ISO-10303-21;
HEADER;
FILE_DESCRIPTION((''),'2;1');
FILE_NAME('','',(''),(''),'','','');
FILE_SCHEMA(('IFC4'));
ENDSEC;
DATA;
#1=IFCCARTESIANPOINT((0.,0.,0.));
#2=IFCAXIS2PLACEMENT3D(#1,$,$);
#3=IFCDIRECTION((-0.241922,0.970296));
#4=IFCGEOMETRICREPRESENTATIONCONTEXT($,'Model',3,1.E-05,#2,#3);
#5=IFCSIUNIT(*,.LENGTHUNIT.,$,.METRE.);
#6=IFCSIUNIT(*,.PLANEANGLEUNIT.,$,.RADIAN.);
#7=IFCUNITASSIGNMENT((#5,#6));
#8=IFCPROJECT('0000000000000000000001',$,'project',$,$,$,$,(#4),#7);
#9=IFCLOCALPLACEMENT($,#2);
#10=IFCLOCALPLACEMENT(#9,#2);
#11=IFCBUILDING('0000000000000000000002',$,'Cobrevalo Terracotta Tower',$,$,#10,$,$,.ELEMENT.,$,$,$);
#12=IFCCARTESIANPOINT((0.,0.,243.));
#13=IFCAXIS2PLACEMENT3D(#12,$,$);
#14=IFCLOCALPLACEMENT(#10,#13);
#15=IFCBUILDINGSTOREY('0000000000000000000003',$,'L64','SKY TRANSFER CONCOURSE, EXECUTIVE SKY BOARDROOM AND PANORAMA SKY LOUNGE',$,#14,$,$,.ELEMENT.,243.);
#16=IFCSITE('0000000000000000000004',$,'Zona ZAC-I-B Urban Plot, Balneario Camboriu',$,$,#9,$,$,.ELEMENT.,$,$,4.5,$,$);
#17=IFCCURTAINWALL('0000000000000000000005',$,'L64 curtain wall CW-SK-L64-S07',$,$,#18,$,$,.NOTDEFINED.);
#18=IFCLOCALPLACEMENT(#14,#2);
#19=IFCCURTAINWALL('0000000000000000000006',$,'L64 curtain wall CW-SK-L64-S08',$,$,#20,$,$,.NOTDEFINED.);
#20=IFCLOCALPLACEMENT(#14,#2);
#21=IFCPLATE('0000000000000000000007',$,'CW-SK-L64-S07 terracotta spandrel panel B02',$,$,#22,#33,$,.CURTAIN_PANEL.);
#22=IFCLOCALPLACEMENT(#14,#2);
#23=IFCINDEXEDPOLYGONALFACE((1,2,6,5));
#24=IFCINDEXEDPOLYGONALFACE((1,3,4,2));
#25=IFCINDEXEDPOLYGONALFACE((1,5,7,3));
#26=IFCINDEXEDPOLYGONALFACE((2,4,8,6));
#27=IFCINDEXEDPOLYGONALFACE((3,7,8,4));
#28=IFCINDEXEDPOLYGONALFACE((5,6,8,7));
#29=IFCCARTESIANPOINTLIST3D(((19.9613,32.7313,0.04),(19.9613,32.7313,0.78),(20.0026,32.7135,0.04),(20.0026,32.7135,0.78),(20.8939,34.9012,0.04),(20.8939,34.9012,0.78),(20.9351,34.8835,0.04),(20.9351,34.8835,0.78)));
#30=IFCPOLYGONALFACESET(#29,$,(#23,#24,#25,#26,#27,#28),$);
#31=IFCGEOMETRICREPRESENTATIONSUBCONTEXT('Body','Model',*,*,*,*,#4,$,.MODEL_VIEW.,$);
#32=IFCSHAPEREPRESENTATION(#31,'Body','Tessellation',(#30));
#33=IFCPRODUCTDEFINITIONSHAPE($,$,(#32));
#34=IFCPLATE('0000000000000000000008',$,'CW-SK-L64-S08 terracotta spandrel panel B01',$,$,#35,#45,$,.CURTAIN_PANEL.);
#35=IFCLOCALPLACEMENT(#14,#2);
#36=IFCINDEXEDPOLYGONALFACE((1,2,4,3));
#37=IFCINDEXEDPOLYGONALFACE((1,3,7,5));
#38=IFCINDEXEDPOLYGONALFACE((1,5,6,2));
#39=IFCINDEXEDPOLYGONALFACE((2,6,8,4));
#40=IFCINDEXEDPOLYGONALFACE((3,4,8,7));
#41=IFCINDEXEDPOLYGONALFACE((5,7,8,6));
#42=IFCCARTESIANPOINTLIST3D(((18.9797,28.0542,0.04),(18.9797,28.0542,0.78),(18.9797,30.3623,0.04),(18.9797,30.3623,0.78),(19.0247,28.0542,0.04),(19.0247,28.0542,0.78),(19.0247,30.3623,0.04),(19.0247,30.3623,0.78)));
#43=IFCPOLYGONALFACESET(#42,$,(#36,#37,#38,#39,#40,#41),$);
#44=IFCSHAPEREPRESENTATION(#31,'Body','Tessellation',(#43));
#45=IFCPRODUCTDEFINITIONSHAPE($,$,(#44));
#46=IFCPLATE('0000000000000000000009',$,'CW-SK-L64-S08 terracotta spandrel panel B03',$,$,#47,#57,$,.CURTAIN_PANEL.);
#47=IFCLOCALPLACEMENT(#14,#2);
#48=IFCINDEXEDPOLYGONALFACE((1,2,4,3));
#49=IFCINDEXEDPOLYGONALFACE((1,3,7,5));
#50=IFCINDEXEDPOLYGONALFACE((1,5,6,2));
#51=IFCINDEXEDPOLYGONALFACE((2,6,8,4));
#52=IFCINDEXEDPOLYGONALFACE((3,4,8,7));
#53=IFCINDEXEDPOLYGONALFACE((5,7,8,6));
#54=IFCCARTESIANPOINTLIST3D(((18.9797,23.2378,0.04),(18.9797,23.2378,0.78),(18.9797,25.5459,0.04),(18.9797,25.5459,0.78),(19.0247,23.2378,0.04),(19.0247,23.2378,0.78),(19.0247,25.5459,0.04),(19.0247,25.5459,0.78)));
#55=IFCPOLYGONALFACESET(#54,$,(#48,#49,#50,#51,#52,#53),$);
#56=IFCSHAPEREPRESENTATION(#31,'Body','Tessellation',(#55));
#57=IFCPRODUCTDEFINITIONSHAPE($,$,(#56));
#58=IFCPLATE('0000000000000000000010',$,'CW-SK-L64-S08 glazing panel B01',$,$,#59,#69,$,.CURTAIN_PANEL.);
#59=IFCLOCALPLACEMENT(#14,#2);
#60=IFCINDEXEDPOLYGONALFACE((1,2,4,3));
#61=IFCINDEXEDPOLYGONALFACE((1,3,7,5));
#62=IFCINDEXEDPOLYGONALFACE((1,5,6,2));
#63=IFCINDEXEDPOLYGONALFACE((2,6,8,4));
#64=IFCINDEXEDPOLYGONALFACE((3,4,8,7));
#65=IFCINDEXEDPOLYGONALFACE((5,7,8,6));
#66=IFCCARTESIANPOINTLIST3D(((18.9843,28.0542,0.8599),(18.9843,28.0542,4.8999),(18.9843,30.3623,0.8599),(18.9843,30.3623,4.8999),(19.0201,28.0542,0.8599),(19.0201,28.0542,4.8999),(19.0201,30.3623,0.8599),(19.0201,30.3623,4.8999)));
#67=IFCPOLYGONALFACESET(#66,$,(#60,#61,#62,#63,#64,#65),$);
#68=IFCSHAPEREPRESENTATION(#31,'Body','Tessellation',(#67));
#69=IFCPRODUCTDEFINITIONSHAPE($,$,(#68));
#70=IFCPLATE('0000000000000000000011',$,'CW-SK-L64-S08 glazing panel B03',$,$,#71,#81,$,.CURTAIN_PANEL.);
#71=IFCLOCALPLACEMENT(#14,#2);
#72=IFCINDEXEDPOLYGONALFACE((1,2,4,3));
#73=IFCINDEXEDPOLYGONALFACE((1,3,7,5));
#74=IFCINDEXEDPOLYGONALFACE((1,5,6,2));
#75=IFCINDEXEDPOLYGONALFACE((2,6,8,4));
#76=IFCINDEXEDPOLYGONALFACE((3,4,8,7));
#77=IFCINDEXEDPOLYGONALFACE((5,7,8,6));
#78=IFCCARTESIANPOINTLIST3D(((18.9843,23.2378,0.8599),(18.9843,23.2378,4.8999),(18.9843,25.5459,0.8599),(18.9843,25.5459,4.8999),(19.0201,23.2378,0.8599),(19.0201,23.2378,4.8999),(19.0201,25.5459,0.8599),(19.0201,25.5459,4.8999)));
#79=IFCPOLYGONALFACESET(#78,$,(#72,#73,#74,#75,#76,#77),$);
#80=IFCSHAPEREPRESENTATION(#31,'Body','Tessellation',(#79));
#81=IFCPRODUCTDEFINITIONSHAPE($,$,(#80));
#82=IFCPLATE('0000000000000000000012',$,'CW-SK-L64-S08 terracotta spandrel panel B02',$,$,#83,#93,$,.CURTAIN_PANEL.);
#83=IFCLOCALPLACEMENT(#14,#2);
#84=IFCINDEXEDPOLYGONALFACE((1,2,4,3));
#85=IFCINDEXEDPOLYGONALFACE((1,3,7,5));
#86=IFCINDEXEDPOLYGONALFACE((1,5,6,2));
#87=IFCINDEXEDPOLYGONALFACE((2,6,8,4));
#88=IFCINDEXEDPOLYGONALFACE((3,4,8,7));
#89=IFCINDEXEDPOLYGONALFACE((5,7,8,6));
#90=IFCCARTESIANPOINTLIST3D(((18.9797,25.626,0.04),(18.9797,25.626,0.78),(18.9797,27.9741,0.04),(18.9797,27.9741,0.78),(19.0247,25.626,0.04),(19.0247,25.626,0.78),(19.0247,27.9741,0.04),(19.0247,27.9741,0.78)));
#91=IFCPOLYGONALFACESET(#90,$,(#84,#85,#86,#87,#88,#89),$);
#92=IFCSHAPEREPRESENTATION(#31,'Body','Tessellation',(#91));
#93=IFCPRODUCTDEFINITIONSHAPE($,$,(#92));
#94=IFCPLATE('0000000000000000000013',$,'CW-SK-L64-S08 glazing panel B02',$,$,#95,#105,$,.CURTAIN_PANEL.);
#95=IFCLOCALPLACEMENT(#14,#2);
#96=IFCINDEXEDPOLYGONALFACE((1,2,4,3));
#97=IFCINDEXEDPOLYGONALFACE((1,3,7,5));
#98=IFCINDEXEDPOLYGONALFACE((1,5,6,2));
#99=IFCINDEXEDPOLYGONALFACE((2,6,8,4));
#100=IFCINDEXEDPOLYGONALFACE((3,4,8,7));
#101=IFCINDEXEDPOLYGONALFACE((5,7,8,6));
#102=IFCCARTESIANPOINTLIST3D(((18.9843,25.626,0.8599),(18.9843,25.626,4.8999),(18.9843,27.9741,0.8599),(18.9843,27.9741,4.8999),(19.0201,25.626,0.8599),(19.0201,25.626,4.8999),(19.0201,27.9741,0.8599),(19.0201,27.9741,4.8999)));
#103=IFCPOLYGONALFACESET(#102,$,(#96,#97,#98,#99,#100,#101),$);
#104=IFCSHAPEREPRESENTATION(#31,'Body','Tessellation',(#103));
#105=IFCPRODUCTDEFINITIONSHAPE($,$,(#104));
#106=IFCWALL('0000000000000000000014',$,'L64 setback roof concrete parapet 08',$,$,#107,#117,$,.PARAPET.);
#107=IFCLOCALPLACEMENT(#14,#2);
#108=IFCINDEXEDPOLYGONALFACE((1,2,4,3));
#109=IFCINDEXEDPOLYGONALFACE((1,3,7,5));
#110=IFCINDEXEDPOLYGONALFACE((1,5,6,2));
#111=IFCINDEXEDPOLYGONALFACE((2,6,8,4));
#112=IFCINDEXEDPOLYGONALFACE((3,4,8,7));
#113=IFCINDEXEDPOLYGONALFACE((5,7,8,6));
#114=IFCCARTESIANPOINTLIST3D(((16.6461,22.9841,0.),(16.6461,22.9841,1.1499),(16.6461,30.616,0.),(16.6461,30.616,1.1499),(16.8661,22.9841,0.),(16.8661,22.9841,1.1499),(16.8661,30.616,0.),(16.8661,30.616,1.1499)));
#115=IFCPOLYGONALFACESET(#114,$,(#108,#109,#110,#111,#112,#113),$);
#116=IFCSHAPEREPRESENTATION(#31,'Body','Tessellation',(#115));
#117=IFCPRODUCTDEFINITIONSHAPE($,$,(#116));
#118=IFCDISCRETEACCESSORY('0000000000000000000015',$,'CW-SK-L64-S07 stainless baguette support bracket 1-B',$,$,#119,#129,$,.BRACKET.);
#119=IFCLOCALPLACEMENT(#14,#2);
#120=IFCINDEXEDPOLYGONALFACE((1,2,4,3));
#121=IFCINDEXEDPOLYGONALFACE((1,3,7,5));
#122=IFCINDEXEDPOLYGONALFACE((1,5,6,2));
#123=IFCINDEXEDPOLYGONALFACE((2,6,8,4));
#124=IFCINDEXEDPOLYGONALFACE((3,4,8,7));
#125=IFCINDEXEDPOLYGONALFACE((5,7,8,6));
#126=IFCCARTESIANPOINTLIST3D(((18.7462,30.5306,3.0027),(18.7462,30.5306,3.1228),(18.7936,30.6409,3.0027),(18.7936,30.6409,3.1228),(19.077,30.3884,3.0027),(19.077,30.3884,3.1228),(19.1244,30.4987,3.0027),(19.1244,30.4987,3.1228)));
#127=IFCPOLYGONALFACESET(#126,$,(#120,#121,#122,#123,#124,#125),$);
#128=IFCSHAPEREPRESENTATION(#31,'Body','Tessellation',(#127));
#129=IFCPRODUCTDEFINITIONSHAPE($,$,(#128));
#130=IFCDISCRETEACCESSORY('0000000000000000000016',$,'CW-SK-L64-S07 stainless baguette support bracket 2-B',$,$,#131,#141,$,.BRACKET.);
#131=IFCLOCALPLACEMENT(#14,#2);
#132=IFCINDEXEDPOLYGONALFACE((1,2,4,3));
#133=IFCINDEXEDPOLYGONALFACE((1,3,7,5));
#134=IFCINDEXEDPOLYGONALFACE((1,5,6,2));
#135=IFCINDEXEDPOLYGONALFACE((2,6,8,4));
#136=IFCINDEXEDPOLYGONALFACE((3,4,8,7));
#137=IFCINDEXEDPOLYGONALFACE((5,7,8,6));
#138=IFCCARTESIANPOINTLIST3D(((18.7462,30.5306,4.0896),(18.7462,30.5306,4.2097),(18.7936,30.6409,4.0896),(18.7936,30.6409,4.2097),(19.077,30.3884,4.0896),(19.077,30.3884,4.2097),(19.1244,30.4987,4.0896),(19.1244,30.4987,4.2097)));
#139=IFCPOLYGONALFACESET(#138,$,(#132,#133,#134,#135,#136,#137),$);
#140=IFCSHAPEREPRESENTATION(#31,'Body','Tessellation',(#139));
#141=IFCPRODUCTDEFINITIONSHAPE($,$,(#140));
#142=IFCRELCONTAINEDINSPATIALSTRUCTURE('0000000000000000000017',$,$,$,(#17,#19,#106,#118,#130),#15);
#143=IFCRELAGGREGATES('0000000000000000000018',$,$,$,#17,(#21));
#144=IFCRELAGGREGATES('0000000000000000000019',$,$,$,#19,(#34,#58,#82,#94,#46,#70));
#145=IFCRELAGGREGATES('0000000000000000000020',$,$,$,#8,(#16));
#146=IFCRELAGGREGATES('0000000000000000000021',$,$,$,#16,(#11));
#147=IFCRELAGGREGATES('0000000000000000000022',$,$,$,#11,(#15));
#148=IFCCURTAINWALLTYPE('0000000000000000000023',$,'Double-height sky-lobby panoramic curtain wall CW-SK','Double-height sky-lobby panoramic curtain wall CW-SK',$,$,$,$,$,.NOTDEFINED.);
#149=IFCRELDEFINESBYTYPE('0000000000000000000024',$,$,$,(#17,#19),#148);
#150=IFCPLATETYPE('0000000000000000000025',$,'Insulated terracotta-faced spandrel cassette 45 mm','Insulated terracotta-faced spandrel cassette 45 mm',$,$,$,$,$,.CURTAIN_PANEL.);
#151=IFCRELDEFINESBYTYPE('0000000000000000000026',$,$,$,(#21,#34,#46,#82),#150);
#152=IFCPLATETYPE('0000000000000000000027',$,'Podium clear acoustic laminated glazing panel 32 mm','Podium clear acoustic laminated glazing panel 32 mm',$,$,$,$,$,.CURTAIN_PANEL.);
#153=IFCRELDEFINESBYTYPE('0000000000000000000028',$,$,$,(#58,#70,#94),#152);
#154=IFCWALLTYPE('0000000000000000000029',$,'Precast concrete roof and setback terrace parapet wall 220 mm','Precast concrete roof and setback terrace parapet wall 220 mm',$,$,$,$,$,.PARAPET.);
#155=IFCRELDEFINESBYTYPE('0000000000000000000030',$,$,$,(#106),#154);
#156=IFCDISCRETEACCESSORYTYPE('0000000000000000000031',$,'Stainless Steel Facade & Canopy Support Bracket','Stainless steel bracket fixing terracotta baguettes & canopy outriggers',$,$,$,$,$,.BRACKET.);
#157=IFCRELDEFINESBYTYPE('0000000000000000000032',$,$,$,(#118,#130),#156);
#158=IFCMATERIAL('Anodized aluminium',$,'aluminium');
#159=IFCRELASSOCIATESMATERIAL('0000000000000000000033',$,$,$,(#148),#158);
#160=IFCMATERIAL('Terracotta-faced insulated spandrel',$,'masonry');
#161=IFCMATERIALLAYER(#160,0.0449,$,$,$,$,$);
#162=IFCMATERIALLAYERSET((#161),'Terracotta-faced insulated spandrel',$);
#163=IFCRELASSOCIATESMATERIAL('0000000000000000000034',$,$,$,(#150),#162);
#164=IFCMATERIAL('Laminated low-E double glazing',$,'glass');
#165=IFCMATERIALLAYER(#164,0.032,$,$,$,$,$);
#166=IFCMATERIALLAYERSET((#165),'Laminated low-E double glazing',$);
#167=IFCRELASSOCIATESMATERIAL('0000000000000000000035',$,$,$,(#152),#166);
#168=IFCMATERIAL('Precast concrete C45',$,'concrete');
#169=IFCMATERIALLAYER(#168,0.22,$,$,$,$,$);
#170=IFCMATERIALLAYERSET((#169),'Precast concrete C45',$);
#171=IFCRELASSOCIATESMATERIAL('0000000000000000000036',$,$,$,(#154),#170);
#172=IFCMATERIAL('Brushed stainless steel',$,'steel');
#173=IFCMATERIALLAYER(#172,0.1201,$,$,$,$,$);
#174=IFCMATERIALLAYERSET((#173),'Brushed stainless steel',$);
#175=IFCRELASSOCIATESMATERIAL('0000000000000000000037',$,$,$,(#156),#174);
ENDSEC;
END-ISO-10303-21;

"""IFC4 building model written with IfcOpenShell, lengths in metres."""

from ifc_helpers import new_model, si_unit, direction, frame, frame_2d, origin, origin_2d, place, context, subcontext, project, spatial, rectangle, extrude, source, transform, mapped, material, layer, layer_set, type_object, element, aggregate, save


model = new_model("IFC4")

# Units and contexts
model_context = context("Model", 3, precision=1e-05, world=origin(), true_north=direction((-0.241922, 0.970296)))
body_context = subcontext(model_context, "Body", "Model", "MODEL_VIEW")
ifc_project = project(units=[si_unit("LENGTHUNIT", "METRE"), si_unit("PLANEANGLEUNIT", "RADIAN")], contexts=[model_context])

# Site, building, storey
site_placement = place(None, origin())
site = spatial("IfcSite", under=ifc_project, at=site_placement, Name="Zona ZAC-I-B Urban Plot, Balneario Camboriu", CompositionType="ELEMENT", RefElevation=4.5)
building_placement = place(site_placement, origin())
building = spatial("IfcBuilding", under=site, at=building_placement, Name="Cobrevalo Terracotta Tower", CompositionType="ELEMENT")
storey_placement = place(building_placement, frame((0.0, 0.0, 243.0)))
storey = spatial("IfcBuildingStorey", under=building, at=storey_placement, Name="L64", Description="SKY TRANSFER CONCOURSE, EXECUTIVE SKY BOARDROOM AND PANORAMA SKY LOUNGE", CompositionType="ELEMENT", Elevation=243.0)

# Curtain walls
ifc_material_1 = material(Name="Anodized aluminium", Category="aluminium")
curtain_wall_type = type_object("IfcCurtainWallType", Name="Double-height sky-lobby panoramic curtain wall CW-SK", Description="Double-height sky-lobby panoramic curtain wall CW-SK", PredefinedType="NOTDEFINED", material=ifc_material_1)
curtain_wall_1_placement = place(storey_placement, origin())
curtain_wall_1 = element("IfcCurtainWall", 1, at=curtain_wall_1_placement, inside=storey, type_object=curtain_wall_type, Name="L64 curtain wall CW-SK-L64-S07", PredefinedType="NOTDEFINED")
curtain_wall_2_placement = place(storey_placement, origin())
curtain_wall_2 = element("IfcCurtainWall", 2, at=curtain_wall_2_placement, inside=storey, type_object=curtain_wall_type, Name="L64 curtain wall CW-SK-L64-S08", PredefinedType="NOTDEFINED")

# Plates
ifc_material_2 = material(Name="Terracotta-faced insulated spandrel", Category="masonry")
ifc_layer_1 = layer(ifc_material_2, 0.0449)
ifc_layer_set_1 = layer_set([ifc_layer_1], Name="Terracotta-faced insulated spandrel")
plate_type_1 = type_object("IfcPlateType", Name="Insulated terracotta-faced spandrel cassette 45 mm", Description="Insulated terracotta-faced spandrel cassette 45 mm", PredefinedType="CURTAIN_PANEL", material=ifc_layer_set_1)
ifc_material_3 = material(Name="Laminated low-E double glazing", Category="glass")
ifc_layer_2 = layer(ifc_material_3, 0.032)
ifc_layer_set_2 = layer_set([ifc_layer_2], Name="Laminated low-E double glazing")
plate_type_2 = type_object("IfcPlateType", Name="Podium clear acoustic laminated glazing panel 32 mm", Description="Podium clear acoustic laminated glazing panel 32 mm", PredefinedType="CURTAIN_PANEL", material=ifc_layer_set_2)
shared_shape_1 = source(origin(), body_context, "Body", "SweptSolid", [
    extrude(rectangle(XDim=2.3618, YDim=0.0449, at=origin_2d()), origin(), (0.0, 0.0, 1.0), 0.74),
])
plate_1_placement = place(storey_placement, frame((20.4482, 33.8074, 0.04), z_axis=(0.0, 0.0, 1.0), x_axis=(-0.394829, -0.918755, 0.0)))
plate_1 = element("IfcPlate", 3, at=plate_1_placement, type_object=plate_type_1, Name="CW-SK-L64-S07 terracotta spandrel panel B02", PredefinedType="CURTAIN_PANEL", context=body_context, shape_type="MappedRepresentation", body=[
    mapped(shared_shape_1, transform((0.0, 0.0, 0.0), scale=1.0)),
])
aggregate(curtain_wall_1, [plate_1])
shared_shape_2 = source(origin(), body_context, "Body", "SweptSolid", [
    extrude(rectangle(XDim=2.3081, YDim=0.0449, at=origin_2d()), origin(), (0.0, 0.0, 1.0), 0.74),
])
plate_2_placement = place(storey_placement, frame((19.0022, 29.2083, 0.04), z_axis=(0.0, 0.0, 1.0), x_axis=(0.0, -1.0, 0.0)))
plate_2 = element("IfcPlate", 4, at=plate_2_placement, type_object=plate_type_1, Name="CW-SK-L64-S08 terracotta spandrel panel B01", PredefinedType="CURTAIN_PANEL", context=body_context, shape_type="MappedRepresentation", body=[
    mapped(shared_shape_2, transform((0.0, 0.0, 0.0), scale=1.0)),
])
plate_3_placement = place(storey_placement, frame((19.0022, 24.3918, 0.04), z_axis=(0.0, 0.0, 1.0), x_axis=(0.0, -1.0, 0.0)))
plate_3 = element("IfcPlate", 5, at=plate_3_placement, type_object=plate_type_1, Name="CW-SK-L64-S08 terracotta spandrel panel B03", PredefinedType="CURTAIN_PANEL", context=body_context, shape_type="MappedRepresentation", body=[
    mapped(shared_shape_2, transform((0.0, 0.0, 0.0), scale=1.0)),
])
shared_shape_3 = source(origin(), body_context, "Body", "SweptSolid", [
    extrude(rectangle(XDim=2.3081, YDim=0.0359, at=origin_2d()), origin(), (0.0, 0.0, 1.0), 4.04),
])
plate_4_placement = place(storey_placement, frame((19.0022, 29.2083, 0.8599), z_axis=(0.0, 0.0, 1.0), x_axis=(0.0, -1.0, 0.0)))
plate_4 = element("IfcPlate", 6, at=plate_4_placement, type_object=plate_type_2, Name="CW-SK-L64-S08 glazing panel B01", PredefinedType="CURTAIN_PANEL", context=body_context, shape_type="MappedRepresentation", body=[
    mapped(shared_shape_3, transform((0.0, 0.0, 0.0), scale=1.0)),
])
plate_5_placement = place(storey_placement, frame((19.0022, 24.3918, 0.8599), z_axis=(0.0, 0.0, 1.0), x_axis=(0.0, -1.0, 0.0)))
plate_5 = element("IfcPlate", 7, at=plate_5_placement, type_object=plate_type_2, Name="CW-SK-L64-S08 glazing panel B03", PredefinedType="CURTAIN_PANEL", context=body_context, shape_type="MappedRepresentation", body=[
    mapped(shared_shape_3, transform((0.0, 0.0, 0.0), scale=1.0)),
])
shared_shape_4 = source(origin(), body_context, "Body", "SweptSolid", [
    extrude(rectangle(XDim=2.3481, YDim=0.0449, at=origin_2d()), origin(), (0.0, 0.0, 1.0), 0.74),
])
plate_6_placement = place(storey_placement, frame((19.0022, 26.8, 0.04), z_axis=(0.0, 0.0, 1.0), x_axis=(0.0, -1.0, 0.0)))
plate_6 = element("IfcPlate", 8, at=plate_6_placement, type_object=plate_type_1, Name="CW-SK-L64-S08 terracotta spandrel panel B02", PredefinedType="CURTAIN_PANEL", context=body_context, shape_type="MappedRepresentation", body=[
    mapped(shared_shape_4, transform((0.0, 0.0, 0.0), scale=1.0)),
])
shared_shape_5 = source(origin(), body_context, "Body", "SweptSolid", [
    extrude(rectangle(XDim=2.3481, YDim=0.0359, at=origin_2d()), origin(), (0.0, 0.0, 1.0), 4.04),
])
plate_7_placement = place(storey_placement, frame((19.0022, 26.8, 0.8599), z_axis=(0.0, 0.0, 1.0), x_axis=(0.0, -1.0, 0.0)))
plate_7 = element("IfcPlate", 9, at=plate_7_placement, type_object=plate_type_2, Name="CW-SK-L64-S08 glazing panel B02", PredefinedType="CURTAIN_PANEL", context=body_context, shape_type="MappedRepresentation", body=[
    mapped(shared_shape_5, transform((0.0, 0.0, 0.0), scale=1.0)),
])
aggregate(curtain_wall_2, [plate_2, plate_4, plate_6, plate_7, plate_3, plate_5])

# Wall
ifc_material_4 = material(Name="Precast concrete C45", Category="concrete")
ifc_layer_3 = layer(ifc_material_4, 0.22)
ifc_layer_set_3 = layer_set([ifc_layer_3], Name="Precast concrete C45")
wall_type = type_object("IfcWallType", Name="Precast concrete roof and setback terrace parapet wall 220 mm", Description="Precast concrete roof and setback terrace parapet wall 220 mm", PredefinedType="PARAPET", material=ifc_layer_set_3)
wall_placement = place(storey_placement, frame((16.7561, 30.616, 0.0), z_axis=(0.0, 0.0, 1.0), x_axis=(0.0, -1.0, 0.0)))
element("IfcWall", 10, at=wall_placement, inside=storey, type_object=wall_type, Name="L64 setback roof concrete parapet 08", PredefinedType="PARAPET", context=body_context, shape_type="SweptSolid", body=[
    extrude(rectangle(XDim=7.6318, YDim=0.22, at=frame_2d((3.8159, 0.0))), origin(), (0.0, 0.0, 1.0), 1.1499),
])

# Discrete accessories
ifc_material_5 = material(Name="Brushed stainless steel", Category="steel")
ifc_layer_4 = layer(ifc_material_5, 0.1201)
ifc_layer_set_4 = layer_set([ifc_layer_4], Name="Brushed stainless steel")
discrete_accessory_type = type_object("IfcDiscreteAccessoryType", Name="Stainless Steel Facade & Canopy Support Bracket", Description="Stainless steel bracket fixing terracotta baguettes & canopy outriggers", PredefinedType="BRACKET", material=ifc_layer_set_4)
shared_shape_6 = source(origin(), body_context, "Body", "SweptSolid", [
    extrude(rectangle(XDim=0.1201, YDim=0.3601, at=origin_2d()), origin(), (0.0, 0.0, 1.0), 0.1201),
])
for number, where, z_axis, x_axis, name in (
    (11, (18.9353, 30.5146, 3.0027), (0.0, 0.0, 1.0), (-0.394829, -0.918755, 0.0), "CW-SK-L64-S07 stainless baguette support bracket 1-B"),
    (12, (18.9353, 30.5146, 4.0896), (0.0, 0.0, 1.0), (-0.394829, -0.918755, 0.0), "CW-SK-L64-S07 stainless baguette support bracket 2-B"),
):
    element("IfcDiscreteAccessory", number, at=place(storey_placement, frame(where, z_axis=z_axis, x_axis=x_axis)), inside=storey, type_object=discrete_accessory_type, Name=name, PredefinedType="BRACKET", context=body_context, shape_type="MappedRepresentation", body=[
        mapped(shared_shape_6, transform((0.0, 0.0, 0.0), scale=1.0)),
    ])

save(model, "model.ifc")
